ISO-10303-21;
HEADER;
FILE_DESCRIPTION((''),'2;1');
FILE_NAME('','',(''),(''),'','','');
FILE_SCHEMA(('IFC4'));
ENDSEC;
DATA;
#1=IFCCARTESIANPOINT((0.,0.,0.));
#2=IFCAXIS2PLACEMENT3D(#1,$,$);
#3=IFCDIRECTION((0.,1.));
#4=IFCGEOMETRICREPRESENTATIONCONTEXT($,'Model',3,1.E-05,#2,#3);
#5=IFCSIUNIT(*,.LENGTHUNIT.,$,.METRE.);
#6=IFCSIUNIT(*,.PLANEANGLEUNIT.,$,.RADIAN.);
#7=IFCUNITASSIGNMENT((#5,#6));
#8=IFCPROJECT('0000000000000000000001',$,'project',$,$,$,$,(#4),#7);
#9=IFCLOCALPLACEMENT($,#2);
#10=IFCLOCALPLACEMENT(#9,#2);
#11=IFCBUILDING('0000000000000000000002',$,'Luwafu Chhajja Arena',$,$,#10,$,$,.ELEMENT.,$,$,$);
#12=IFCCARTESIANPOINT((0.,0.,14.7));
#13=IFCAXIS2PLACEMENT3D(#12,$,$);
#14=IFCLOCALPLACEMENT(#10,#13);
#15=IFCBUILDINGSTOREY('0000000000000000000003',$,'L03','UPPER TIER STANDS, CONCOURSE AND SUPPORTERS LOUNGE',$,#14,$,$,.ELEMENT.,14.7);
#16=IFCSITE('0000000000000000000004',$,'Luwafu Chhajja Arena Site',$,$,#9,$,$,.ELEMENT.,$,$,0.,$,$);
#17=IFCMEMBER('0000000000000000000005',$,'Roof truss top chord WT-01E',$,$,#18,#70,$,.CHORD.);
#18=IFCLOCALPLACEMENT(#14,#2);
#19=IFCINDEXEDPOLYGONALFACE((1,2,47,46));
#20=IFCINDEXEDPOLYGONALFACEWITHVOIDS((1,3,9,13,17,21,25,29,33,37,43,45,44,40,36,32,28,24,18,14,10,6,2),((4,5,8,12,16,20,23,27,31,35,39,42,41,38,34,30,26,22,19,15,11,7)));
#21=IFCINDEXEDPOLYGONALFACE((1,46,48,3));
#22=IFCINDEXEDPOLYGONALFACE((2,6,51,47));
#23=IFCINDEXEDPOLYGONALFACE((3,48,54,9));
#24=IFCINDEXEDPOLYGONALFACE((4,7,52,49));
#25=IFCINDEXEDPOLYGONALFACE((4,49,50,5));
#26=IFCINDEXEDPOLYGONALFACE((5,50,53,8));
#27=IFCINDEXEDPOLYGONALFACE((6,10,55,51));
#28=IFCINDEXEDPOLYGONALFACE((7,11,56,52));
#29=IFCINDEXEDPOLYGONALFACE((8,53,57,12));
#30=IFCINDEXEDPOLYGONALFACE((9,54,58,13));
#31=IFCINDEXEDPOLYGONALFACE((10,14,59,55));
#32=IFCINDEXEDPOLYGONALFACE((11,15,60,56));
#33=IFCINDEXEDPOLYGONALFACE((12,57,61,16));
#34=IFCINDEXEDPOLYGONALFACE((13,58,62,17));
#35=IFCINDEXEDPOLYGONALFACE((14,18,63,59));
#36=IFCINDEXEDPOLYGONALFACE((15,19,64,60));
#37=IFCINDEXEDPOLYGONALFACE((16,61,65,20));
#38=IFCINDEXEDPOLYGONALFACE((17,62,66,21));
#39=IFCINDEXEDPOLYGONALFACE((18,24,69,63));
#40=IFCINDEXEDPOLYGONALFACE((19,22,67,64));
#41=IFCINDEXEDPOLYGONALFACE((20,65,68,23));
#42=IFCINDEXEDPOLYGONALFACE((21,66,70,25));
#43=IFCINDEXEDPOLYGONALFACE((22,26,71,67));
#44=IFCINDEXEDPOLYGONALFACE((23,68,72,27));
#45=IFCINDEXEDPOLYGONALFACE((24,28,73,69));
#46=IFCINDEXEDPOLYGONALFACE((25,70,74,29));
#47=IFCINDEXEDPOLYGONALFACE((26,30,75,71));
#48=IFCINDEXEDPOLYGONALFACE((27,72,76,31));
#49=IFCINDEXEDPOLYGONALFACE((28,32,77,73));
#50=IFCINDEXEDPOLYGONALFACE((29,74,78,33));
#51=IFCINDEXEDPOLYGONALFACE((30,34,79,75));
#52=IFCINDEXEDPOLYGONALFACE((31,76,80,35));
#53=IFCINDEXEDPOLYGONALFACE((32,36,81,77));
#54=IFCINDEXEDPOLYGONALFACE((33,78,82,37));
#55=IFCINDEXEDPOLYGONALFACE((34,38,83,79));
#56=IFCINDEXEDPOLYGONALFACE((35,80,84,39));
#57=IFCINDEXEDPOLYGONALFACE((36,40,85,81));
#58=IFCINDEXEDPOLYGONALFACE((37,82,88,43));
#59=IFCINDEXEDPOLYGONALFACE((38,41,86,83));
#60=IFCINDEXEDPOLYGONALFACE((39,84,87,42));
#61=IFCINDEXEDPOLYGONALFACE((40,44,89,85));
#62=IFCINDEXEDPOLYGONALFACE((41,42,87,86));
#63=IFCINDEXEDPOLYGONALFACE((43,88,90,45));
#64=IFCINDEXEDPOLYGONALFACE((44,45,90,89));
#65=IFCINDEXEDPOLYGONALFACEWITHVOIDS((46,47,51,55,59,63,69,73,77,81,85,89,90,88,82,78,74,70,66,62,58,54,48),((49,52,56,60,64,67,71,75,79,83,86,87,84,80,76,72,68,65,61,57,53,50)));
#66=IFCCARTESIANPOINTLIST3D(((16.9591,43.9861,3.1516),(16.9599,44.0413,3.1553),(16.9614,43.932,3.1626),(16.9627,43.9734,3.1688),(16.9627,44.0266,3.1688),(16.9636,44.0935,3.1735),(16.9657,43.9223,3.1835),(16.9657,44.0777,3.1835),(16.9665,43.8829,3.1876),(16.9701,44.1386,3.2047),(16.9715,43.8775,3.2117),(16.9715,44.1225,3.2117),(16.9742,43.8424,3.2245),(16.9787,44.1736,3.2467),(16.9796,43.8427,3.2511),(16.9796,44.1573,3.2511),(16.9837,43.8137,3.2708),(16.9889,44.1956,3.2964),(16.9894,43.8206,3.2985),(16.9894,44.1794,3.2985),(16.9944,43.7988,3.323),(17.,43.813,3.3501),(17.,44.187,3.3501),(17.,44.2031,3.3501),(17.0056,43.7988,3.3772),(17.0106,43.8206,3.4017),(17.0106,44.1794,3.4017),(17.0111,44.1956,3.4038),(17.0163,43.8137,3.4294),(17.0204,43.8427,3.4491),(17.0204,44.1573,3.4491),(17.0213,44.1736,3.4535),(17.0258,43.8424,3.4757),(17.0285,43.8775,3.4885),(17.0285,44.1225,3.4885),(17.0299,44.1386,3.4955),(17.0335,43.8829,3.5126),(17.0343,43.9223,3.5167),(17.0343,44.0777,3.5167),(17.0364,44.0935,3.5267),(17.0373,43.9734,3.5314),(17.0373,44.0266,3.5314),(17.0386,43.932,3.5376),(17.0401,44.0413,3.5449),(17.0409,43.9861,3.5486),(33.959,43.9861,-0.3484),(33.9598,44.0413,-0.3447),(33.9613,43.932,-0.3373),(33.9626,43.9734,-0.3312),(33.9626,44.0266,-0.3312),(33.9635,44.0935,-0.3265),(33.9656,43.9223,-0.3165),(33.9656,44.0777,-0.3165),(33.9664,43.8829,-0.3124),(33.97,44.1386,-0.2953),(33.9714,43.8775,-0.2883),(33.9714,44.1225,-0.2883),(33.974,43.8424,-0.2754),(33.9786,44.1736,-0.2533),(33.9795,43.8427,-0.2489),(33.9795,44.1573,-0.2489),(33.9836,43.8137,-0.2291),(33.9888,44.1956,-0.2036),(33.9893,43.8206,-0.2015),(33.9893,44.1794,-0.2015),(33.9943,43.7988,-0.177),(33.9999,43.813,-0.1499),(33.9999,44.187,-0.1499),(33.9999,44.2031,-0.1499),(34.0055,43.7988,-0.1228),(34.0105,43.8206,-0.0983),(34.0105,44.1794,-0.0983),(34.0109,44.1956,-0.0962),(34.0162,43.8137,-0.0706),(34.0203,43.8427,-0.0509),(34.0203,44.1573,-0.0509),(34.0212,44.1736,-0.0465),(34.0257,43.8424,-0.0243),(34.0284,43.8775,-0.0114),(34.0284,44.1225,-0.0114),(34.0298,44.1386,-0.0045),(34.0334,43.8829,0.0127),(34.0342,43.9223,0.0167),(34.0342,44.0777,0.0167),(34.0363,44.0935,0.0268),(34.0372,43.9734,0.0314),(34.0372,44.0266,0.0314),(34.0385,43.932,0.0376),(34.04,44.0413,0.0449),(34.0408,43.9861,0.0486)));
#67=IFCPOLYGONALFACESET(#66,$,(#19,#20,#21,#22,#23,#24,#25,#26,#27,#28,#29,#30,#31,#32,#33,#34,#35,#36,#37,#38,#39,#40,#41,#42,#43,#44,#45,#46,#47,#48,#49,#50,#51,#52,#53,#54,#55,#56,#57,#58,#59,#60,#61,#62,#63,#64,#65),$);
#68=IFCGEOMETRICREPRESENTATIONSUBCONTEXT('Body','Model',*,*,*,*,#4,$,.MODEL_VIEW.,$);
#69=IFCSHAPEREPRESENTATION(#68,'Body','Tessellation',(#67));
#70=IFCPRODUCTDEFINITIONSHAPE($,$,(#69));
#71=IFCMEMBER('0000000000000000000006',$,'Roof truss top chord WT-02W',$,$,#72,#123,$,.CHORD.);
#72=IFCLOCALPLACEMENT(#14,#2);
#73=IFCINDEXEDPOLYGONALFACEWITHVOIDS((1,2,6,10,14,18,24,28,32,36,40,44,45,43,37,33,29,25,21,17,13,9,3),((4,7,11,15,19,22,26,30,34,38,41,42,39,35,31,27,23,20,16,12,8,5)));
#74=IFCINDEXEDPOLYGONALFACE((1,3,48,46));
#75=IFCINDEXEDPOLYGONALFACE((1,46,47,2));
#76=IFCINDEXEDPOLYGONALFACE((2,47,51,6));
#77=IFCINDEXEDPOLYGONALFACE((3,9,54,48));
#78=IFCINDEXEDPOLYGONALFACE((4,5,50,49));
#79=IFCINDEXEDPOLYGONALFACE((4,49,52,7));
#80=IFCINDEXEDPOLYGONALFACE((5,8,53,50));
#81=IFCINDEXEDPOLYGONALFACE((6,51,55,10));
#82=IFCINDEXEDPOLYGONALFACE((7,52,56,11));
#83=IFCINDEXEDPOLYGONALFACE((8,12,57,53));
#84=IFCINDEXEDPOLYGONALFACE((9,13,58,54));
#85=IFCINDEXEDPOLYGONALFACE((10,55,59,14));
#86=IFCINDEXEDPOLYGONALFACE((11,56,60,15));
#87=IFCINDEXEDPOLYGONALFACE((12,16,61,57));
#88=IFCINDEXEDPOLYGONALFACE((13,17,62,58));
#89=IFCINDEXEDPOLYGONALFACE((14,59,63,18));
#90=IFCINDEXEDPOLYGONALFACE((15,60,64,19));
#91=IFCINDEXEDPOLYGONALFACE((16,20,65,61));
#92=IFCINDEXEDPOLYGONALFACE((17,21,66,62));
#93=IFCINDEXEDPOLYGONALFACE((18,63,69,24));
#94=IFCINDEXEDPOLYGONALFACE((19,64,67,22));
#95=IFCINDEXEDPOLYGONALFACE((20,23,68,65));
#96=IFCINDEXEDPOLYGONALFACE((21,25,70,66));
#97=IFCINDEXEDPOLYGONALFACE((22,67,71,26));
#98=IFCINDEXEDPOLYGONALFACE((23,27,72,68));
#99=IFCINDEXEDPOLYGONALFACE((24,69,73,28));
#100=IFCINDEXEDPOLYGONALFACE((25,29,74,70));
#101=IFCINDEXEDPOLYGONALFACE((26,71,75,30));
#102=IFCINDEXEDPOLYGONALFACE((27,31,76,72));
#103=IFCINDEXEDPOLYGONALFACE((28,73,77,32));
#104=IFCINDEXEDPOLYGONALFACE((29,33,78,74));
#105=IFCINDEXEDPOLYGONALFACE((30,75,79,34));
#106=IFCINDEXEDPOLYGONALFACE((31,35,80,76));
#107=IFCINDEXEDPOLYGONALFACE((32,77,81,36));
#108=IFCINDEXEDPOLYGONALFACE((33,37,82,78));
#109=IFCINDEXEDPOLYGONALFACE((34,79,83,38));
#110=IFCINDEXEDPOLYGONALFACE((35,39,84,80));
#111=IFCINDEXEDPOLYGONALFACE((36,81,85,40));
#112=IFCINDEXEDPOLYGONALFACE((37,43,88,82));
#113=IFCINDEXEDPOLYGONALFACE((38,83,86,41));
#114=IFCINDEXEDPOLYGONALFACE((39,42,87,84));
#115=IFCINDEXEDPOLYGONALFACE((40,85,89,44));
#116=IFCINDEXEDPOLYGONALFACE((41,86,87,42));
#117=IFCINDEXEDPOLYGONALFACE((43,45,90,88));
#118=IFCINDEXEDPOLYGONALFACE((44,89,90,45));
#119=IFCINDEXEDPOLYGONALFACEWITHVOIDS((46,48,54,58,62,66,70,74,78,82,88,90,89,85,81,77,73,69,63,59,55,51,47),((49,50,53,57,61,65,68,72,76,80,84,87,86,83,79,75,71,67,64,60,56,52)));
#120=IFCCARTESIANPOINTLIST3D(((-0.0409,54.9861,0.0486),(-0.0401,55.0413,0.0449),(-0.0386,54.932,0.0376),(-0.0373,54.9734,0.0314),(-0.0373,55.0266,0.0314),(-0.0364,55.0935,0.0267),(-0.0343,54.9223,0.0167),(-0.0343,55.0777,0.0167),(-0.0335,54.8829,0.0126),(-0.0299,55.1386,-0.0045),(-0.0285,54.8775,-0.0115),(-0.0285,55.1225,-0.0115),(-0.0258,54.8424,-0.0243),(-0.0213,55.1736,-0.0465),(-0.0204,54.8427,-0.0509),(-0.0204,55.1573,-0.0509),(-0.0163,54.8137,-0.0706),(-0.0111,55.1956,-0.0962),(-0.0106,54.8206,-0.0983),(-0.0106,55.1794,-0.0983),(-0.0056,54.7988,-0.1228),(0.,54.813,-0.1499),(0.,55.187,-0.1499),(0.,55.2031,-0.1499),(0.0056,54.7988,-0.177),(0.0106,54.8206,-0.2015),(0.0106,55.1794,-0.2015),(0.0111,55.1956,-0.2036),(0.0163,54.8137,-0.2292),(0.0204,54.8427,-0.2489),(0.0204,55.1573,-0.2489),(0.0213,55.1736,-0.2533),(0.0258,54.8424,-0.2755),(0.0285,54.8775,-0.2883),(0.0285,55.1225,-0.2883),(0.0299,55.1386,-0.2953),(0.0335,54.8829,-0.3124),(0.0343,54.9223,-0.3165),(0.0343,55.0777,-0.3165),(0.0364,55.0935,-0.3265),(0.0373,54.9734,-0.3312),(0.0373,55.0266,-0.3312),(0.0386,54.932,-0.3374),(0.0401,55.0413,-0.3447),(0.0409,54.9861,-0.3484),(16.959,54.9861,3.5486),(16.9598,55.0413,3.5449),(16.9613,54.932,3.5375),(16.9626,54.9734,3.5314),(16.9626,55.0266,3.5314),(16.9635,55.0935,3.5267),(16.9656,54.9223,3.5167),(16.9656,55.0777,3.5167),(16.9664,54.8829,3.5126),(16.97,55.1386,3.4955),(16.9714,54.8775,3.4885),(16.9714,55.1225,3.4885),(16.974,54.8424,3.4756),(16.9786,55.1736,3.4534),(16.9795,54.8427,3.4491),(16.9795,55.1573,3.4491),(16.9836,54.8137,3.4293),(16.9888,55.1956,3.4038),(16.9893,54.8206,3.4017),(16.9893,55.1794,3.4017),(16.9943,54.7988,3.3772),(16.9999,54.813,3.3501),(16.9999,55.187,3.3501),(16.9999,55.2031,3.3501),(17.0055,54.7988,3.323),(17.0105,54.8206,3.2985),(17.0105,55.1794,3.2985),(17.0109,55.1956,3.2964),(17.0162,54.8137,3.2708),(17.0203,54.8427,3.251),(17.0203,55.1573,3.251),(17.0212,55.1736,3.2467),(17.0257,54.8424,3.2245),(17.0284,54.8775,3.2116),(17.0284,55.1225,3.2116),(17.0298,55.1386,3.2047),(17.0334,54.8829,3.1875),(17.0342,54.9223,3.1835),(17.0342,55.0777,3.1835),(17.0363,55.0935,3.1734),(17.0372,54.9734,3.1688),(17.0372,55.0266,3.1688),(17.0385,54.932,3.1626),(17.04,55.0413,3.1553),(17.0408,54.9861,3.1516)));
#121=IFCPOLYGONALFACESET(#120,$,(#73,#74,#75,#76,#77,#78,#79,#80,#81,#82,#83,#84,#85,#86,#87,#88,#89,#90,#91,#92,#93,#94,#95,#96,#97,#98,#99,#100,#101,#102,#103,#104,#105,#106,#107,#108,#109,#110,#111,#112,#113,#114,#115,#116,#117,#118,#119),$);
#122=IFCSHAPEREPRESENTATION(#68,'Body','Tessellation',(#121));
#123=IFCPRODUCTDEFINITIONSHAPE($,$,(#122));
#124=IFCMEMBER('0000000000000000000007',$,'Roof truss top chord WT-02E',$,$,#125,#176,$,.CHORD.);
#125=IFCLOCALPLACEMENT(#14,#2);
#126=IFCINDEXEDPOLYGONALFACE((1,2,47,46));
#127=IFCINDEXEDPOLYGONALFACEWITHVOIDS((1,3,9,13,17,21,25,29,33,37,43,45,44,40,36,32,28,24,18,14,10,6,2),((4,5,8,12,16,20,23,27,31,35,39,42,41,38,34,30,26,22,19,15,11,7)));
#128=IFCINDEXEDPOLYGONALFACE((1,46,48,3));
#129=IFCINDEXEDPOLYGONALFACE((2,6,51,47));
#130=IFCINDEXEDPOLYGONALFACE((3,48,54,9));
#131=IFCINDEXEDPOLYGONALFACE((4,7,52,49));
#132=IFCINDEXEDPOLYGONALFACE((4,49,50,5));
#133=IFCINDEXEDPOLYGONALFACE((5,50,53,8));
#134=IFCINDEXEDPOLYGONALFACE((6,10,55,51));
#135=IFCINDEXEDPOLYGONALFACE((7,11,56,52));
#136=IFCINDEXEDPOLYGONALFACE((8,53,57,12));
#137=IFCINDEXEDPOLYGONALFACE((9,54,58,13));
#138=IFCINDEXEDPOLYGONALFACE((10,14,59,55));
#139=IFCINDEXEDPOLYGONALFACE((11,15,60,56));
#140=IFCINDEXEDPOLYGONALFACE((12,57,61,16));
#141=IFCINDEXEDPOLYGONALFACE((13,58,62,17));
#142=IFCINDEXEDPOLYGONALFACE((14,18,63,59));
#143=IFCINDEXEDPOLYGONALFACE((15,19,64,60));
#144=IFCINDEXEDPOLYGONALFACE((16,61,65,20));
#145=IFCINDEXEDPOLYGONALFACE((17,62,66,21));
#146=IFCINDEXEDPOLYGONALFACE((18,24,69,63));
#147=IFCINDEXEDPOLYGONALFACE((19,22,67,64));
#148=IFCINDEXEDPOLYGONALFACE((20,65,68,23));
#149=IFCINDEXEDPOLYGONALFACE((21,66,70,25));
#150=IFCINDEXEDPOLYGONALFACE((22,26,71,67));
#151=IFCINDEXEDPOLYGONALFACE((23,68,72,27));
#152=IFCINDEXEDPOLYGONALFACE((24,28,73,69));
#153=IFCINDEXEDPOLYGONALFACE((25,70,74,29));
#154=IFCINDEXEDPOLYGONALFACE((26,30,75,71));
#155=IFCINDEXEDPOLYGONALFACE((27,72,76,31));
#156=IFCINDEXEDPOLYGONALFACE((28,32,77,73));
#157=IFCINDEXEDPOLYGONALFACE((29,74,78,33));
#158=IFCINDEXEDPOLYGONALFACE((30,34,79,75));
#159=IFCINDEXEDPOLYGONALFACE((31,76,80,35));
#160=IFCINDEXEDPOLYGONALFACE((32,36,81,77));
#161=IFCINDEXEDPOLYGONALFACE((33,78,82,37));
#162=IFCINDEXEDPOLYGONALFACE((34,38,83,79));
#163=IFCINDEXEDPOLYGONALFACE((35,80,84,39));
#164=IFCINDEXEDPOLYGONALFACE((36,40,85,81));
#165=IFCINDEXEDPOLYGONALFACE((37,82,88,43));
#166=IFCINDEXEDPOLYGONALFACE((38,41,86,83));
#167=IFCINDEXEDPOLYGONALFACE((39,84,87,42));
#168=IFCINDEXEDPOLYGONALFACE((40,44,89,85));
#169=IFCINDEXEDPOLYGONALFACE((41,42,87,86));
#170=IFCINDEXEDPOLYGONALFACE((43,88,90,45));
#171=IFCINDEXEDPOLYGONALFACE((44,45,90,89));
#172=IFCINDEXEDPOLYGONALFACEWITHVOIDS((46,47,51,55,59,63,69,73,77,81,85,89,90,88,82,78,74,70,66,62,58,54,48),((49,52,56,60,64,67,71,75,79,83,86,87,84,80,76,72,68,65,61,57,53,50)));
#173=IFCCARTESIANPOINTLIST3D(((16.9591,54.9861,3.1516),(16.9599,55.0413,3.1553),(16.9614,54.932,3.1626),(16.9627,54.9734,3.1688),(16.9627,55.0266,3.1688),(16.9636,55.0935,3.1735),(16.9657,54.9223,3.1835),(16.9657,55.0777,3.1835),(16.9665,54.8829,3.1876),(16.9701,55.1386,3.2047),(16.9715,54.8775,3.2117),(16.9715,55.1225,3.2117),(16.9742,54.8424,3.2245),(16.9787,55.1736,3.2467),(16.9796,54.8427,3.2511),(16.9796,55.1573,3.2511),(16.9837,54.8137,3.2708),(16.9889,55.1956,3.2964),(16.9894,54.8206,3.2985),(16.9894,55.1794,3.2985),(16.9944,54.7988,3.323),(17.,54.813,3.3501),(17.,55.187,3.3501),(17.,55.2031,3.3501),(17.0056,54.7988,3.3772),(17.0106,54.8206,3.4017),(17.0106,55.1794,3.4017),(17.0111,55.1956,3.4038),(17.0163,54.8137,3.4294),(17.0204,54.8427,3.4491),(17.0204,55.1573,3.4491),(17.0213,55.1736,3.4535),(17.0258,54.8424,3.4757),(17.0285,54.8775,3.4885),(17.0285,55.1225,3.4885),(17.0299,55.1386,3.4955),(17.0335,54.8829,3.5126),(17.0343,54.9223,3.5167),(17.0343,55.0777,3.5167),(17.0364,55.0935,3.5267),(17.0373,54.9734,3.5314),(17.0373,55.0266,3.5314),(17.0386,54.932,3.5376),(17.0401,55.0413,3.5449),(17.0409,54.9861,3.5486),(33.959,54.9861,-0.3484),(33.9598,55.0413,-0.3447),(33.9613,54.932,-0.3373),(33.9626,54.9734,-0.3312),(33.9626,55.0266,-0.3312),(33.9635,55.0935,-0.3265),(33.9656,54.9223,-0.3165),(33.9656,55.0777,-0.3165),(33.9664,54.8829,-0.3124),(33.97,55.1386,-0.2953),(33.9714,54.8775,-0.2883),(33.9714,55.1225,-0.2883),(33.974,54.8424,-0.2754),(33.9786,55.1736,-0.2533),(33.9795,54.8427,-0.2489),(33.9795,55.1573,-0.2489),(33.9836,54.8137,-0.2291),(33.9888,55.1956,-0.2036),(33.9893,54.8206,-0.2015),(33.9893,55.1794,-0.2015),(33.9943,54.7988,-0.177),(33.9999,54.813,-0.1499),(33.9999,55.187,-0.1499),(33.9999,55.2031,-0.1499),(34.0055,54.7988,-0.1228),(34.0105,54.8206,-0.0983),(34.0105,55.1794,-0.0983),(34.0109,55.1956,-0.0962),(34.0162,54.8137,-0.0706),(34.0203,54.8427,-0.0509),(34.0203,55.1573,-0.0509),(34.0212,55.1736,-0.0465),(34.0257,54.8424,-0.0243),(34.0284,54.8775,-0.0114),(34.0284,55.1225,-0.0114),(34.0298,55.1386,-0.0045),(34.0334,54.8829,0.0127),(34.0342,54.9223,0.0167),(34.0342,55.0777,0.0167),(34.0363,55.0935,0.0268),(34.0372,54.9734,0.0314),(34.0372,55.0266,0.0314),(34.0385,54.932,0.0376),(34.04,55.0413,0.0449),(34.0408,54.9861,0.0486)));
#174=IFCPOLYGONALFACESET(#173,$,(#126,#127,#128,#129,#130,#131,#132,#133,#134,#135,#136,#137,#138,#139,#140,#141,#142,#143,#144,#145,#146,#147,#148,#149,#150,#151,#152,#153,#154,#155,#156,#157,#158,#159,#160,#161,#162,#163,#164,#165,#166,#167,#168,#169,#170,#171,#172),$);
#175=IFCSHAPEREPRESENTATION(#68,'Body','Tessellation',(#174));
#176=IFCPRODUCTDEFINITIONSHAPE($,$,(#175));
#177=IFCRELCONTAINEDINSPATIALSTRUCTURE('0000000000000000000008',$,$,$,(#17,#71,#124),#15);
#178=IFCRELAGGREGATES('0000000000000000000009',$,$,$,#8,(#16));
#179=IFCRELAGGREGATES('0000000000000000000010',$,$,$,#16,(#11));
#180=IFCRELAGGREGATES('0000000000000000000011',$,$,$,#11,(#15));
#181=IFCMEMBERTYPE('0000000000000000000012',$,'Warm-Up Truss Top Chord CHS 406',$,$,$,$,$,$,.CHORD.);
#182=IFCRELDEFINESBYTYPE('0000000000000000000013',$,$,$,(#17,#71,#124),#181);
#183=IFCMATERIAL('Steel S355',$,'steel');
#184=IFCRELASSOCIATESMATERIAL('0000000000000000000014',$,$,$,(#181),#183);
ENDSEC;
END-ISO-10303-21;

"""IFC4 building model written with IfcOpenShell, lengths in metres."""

from ifc_helpers import new_model, si_unit, direction, frame, origin, origin_2d, place, context, subcontext, project, spatial, hollow_circle, extrude, material, material_profile, profile_set, type_object, element, save


model = new_model("IFC4")

# Units and contexts
model_context = context("Model", 3, precision=1e-05, world=origin(), true_north=direction((0.0, 1.0)))
body_context = subcontext(model_context, "Body", "Model", "MODEL_VIEW")
ifc_project = project(units=[si_unit("LENGTHUNIT", "METRE"), si_unit("PLANEANGLEUNIT", "RADIAN")], contexts=[model_context])

# Site, building, storey
site_placement = place(None, origin())
site = spatial("IfcSite", under=ifc_project, at=site_placement, Name="Luwafu Chhajja Arena Site", CompositionType="ELEMENT", RefElevation=0.0)
building_placement = place(site_placement, origin())
building = spatial("IfcBuilding", under=site, at=building_placement, Name="Luwafu Chhajja Arena", CompositionType="ELEMENT")
storey_placement = place(building_placement, frame((0.0, 0.0, 14.7)))
storey = spatial("IfcBuildingStorey", under=building, at=storey_placement, Name="L03", Description="UPPER TIER STANDS, CONCOURSE AND SUPPORTERS LOUNGE", CompositionType="ELEMENT", Elevation=14.7)

# Shared definitions
ifc_material_1 = material(Name="Steel S355", Category="steel")

# Members
ifc_material_profile_1 = material_profile(ifc_material_1, hollow_circle(Radius=0.2031, WallThickness=0.0161, at=origin_2d()), Name="CHS 406.4x16")
ifc_profile_set_1 = profile_set([ifc_material_profile_1], Name="Steel S355")
member_type_1 = type_object("IfcMemberType", Name="Warm-Up Truss Top Chord CHS 406", PredefinedType="CHORD", material=ifc_profile_set_1)
for number, where, z_axis, x_axis, name in (
    (1, (17.0, 44.0, 3.3501), (0.979457, 0.0, -0.201653), (0.0, 1.0, 0.0), "Roof truss top chord WT-01E"),
    (2, (0.0, 55.0, -0.1499), (0.979457, 0.0, 0.201653), (0.0, 1.0, 0.0), "Roof truss top chord WT-02W"),
    (3, (17.0, 55.0, 3.3501), (0.979457, 0.0, -0.201653), (0.0, 1.0, 0.0), "Roof truss top chord WT-02E"),
):
    element("IfcMember", number, at=place(storey_placement, frame(where, z_axis=z_axis, x_axis=x_axis)), inside=storey, type_object=member_type_1, Name=name, PredefinedType="CHORD", context=body_context, shape_type="SweptSolid", body=[
        extrude(hollow_circle(Radius=0.2031, WallThickness=0.0161, at=origin_2d()), origin(), (0.0, 0.0, 1.0), 17.3564),
    ])

save(model, "model.ifc")
